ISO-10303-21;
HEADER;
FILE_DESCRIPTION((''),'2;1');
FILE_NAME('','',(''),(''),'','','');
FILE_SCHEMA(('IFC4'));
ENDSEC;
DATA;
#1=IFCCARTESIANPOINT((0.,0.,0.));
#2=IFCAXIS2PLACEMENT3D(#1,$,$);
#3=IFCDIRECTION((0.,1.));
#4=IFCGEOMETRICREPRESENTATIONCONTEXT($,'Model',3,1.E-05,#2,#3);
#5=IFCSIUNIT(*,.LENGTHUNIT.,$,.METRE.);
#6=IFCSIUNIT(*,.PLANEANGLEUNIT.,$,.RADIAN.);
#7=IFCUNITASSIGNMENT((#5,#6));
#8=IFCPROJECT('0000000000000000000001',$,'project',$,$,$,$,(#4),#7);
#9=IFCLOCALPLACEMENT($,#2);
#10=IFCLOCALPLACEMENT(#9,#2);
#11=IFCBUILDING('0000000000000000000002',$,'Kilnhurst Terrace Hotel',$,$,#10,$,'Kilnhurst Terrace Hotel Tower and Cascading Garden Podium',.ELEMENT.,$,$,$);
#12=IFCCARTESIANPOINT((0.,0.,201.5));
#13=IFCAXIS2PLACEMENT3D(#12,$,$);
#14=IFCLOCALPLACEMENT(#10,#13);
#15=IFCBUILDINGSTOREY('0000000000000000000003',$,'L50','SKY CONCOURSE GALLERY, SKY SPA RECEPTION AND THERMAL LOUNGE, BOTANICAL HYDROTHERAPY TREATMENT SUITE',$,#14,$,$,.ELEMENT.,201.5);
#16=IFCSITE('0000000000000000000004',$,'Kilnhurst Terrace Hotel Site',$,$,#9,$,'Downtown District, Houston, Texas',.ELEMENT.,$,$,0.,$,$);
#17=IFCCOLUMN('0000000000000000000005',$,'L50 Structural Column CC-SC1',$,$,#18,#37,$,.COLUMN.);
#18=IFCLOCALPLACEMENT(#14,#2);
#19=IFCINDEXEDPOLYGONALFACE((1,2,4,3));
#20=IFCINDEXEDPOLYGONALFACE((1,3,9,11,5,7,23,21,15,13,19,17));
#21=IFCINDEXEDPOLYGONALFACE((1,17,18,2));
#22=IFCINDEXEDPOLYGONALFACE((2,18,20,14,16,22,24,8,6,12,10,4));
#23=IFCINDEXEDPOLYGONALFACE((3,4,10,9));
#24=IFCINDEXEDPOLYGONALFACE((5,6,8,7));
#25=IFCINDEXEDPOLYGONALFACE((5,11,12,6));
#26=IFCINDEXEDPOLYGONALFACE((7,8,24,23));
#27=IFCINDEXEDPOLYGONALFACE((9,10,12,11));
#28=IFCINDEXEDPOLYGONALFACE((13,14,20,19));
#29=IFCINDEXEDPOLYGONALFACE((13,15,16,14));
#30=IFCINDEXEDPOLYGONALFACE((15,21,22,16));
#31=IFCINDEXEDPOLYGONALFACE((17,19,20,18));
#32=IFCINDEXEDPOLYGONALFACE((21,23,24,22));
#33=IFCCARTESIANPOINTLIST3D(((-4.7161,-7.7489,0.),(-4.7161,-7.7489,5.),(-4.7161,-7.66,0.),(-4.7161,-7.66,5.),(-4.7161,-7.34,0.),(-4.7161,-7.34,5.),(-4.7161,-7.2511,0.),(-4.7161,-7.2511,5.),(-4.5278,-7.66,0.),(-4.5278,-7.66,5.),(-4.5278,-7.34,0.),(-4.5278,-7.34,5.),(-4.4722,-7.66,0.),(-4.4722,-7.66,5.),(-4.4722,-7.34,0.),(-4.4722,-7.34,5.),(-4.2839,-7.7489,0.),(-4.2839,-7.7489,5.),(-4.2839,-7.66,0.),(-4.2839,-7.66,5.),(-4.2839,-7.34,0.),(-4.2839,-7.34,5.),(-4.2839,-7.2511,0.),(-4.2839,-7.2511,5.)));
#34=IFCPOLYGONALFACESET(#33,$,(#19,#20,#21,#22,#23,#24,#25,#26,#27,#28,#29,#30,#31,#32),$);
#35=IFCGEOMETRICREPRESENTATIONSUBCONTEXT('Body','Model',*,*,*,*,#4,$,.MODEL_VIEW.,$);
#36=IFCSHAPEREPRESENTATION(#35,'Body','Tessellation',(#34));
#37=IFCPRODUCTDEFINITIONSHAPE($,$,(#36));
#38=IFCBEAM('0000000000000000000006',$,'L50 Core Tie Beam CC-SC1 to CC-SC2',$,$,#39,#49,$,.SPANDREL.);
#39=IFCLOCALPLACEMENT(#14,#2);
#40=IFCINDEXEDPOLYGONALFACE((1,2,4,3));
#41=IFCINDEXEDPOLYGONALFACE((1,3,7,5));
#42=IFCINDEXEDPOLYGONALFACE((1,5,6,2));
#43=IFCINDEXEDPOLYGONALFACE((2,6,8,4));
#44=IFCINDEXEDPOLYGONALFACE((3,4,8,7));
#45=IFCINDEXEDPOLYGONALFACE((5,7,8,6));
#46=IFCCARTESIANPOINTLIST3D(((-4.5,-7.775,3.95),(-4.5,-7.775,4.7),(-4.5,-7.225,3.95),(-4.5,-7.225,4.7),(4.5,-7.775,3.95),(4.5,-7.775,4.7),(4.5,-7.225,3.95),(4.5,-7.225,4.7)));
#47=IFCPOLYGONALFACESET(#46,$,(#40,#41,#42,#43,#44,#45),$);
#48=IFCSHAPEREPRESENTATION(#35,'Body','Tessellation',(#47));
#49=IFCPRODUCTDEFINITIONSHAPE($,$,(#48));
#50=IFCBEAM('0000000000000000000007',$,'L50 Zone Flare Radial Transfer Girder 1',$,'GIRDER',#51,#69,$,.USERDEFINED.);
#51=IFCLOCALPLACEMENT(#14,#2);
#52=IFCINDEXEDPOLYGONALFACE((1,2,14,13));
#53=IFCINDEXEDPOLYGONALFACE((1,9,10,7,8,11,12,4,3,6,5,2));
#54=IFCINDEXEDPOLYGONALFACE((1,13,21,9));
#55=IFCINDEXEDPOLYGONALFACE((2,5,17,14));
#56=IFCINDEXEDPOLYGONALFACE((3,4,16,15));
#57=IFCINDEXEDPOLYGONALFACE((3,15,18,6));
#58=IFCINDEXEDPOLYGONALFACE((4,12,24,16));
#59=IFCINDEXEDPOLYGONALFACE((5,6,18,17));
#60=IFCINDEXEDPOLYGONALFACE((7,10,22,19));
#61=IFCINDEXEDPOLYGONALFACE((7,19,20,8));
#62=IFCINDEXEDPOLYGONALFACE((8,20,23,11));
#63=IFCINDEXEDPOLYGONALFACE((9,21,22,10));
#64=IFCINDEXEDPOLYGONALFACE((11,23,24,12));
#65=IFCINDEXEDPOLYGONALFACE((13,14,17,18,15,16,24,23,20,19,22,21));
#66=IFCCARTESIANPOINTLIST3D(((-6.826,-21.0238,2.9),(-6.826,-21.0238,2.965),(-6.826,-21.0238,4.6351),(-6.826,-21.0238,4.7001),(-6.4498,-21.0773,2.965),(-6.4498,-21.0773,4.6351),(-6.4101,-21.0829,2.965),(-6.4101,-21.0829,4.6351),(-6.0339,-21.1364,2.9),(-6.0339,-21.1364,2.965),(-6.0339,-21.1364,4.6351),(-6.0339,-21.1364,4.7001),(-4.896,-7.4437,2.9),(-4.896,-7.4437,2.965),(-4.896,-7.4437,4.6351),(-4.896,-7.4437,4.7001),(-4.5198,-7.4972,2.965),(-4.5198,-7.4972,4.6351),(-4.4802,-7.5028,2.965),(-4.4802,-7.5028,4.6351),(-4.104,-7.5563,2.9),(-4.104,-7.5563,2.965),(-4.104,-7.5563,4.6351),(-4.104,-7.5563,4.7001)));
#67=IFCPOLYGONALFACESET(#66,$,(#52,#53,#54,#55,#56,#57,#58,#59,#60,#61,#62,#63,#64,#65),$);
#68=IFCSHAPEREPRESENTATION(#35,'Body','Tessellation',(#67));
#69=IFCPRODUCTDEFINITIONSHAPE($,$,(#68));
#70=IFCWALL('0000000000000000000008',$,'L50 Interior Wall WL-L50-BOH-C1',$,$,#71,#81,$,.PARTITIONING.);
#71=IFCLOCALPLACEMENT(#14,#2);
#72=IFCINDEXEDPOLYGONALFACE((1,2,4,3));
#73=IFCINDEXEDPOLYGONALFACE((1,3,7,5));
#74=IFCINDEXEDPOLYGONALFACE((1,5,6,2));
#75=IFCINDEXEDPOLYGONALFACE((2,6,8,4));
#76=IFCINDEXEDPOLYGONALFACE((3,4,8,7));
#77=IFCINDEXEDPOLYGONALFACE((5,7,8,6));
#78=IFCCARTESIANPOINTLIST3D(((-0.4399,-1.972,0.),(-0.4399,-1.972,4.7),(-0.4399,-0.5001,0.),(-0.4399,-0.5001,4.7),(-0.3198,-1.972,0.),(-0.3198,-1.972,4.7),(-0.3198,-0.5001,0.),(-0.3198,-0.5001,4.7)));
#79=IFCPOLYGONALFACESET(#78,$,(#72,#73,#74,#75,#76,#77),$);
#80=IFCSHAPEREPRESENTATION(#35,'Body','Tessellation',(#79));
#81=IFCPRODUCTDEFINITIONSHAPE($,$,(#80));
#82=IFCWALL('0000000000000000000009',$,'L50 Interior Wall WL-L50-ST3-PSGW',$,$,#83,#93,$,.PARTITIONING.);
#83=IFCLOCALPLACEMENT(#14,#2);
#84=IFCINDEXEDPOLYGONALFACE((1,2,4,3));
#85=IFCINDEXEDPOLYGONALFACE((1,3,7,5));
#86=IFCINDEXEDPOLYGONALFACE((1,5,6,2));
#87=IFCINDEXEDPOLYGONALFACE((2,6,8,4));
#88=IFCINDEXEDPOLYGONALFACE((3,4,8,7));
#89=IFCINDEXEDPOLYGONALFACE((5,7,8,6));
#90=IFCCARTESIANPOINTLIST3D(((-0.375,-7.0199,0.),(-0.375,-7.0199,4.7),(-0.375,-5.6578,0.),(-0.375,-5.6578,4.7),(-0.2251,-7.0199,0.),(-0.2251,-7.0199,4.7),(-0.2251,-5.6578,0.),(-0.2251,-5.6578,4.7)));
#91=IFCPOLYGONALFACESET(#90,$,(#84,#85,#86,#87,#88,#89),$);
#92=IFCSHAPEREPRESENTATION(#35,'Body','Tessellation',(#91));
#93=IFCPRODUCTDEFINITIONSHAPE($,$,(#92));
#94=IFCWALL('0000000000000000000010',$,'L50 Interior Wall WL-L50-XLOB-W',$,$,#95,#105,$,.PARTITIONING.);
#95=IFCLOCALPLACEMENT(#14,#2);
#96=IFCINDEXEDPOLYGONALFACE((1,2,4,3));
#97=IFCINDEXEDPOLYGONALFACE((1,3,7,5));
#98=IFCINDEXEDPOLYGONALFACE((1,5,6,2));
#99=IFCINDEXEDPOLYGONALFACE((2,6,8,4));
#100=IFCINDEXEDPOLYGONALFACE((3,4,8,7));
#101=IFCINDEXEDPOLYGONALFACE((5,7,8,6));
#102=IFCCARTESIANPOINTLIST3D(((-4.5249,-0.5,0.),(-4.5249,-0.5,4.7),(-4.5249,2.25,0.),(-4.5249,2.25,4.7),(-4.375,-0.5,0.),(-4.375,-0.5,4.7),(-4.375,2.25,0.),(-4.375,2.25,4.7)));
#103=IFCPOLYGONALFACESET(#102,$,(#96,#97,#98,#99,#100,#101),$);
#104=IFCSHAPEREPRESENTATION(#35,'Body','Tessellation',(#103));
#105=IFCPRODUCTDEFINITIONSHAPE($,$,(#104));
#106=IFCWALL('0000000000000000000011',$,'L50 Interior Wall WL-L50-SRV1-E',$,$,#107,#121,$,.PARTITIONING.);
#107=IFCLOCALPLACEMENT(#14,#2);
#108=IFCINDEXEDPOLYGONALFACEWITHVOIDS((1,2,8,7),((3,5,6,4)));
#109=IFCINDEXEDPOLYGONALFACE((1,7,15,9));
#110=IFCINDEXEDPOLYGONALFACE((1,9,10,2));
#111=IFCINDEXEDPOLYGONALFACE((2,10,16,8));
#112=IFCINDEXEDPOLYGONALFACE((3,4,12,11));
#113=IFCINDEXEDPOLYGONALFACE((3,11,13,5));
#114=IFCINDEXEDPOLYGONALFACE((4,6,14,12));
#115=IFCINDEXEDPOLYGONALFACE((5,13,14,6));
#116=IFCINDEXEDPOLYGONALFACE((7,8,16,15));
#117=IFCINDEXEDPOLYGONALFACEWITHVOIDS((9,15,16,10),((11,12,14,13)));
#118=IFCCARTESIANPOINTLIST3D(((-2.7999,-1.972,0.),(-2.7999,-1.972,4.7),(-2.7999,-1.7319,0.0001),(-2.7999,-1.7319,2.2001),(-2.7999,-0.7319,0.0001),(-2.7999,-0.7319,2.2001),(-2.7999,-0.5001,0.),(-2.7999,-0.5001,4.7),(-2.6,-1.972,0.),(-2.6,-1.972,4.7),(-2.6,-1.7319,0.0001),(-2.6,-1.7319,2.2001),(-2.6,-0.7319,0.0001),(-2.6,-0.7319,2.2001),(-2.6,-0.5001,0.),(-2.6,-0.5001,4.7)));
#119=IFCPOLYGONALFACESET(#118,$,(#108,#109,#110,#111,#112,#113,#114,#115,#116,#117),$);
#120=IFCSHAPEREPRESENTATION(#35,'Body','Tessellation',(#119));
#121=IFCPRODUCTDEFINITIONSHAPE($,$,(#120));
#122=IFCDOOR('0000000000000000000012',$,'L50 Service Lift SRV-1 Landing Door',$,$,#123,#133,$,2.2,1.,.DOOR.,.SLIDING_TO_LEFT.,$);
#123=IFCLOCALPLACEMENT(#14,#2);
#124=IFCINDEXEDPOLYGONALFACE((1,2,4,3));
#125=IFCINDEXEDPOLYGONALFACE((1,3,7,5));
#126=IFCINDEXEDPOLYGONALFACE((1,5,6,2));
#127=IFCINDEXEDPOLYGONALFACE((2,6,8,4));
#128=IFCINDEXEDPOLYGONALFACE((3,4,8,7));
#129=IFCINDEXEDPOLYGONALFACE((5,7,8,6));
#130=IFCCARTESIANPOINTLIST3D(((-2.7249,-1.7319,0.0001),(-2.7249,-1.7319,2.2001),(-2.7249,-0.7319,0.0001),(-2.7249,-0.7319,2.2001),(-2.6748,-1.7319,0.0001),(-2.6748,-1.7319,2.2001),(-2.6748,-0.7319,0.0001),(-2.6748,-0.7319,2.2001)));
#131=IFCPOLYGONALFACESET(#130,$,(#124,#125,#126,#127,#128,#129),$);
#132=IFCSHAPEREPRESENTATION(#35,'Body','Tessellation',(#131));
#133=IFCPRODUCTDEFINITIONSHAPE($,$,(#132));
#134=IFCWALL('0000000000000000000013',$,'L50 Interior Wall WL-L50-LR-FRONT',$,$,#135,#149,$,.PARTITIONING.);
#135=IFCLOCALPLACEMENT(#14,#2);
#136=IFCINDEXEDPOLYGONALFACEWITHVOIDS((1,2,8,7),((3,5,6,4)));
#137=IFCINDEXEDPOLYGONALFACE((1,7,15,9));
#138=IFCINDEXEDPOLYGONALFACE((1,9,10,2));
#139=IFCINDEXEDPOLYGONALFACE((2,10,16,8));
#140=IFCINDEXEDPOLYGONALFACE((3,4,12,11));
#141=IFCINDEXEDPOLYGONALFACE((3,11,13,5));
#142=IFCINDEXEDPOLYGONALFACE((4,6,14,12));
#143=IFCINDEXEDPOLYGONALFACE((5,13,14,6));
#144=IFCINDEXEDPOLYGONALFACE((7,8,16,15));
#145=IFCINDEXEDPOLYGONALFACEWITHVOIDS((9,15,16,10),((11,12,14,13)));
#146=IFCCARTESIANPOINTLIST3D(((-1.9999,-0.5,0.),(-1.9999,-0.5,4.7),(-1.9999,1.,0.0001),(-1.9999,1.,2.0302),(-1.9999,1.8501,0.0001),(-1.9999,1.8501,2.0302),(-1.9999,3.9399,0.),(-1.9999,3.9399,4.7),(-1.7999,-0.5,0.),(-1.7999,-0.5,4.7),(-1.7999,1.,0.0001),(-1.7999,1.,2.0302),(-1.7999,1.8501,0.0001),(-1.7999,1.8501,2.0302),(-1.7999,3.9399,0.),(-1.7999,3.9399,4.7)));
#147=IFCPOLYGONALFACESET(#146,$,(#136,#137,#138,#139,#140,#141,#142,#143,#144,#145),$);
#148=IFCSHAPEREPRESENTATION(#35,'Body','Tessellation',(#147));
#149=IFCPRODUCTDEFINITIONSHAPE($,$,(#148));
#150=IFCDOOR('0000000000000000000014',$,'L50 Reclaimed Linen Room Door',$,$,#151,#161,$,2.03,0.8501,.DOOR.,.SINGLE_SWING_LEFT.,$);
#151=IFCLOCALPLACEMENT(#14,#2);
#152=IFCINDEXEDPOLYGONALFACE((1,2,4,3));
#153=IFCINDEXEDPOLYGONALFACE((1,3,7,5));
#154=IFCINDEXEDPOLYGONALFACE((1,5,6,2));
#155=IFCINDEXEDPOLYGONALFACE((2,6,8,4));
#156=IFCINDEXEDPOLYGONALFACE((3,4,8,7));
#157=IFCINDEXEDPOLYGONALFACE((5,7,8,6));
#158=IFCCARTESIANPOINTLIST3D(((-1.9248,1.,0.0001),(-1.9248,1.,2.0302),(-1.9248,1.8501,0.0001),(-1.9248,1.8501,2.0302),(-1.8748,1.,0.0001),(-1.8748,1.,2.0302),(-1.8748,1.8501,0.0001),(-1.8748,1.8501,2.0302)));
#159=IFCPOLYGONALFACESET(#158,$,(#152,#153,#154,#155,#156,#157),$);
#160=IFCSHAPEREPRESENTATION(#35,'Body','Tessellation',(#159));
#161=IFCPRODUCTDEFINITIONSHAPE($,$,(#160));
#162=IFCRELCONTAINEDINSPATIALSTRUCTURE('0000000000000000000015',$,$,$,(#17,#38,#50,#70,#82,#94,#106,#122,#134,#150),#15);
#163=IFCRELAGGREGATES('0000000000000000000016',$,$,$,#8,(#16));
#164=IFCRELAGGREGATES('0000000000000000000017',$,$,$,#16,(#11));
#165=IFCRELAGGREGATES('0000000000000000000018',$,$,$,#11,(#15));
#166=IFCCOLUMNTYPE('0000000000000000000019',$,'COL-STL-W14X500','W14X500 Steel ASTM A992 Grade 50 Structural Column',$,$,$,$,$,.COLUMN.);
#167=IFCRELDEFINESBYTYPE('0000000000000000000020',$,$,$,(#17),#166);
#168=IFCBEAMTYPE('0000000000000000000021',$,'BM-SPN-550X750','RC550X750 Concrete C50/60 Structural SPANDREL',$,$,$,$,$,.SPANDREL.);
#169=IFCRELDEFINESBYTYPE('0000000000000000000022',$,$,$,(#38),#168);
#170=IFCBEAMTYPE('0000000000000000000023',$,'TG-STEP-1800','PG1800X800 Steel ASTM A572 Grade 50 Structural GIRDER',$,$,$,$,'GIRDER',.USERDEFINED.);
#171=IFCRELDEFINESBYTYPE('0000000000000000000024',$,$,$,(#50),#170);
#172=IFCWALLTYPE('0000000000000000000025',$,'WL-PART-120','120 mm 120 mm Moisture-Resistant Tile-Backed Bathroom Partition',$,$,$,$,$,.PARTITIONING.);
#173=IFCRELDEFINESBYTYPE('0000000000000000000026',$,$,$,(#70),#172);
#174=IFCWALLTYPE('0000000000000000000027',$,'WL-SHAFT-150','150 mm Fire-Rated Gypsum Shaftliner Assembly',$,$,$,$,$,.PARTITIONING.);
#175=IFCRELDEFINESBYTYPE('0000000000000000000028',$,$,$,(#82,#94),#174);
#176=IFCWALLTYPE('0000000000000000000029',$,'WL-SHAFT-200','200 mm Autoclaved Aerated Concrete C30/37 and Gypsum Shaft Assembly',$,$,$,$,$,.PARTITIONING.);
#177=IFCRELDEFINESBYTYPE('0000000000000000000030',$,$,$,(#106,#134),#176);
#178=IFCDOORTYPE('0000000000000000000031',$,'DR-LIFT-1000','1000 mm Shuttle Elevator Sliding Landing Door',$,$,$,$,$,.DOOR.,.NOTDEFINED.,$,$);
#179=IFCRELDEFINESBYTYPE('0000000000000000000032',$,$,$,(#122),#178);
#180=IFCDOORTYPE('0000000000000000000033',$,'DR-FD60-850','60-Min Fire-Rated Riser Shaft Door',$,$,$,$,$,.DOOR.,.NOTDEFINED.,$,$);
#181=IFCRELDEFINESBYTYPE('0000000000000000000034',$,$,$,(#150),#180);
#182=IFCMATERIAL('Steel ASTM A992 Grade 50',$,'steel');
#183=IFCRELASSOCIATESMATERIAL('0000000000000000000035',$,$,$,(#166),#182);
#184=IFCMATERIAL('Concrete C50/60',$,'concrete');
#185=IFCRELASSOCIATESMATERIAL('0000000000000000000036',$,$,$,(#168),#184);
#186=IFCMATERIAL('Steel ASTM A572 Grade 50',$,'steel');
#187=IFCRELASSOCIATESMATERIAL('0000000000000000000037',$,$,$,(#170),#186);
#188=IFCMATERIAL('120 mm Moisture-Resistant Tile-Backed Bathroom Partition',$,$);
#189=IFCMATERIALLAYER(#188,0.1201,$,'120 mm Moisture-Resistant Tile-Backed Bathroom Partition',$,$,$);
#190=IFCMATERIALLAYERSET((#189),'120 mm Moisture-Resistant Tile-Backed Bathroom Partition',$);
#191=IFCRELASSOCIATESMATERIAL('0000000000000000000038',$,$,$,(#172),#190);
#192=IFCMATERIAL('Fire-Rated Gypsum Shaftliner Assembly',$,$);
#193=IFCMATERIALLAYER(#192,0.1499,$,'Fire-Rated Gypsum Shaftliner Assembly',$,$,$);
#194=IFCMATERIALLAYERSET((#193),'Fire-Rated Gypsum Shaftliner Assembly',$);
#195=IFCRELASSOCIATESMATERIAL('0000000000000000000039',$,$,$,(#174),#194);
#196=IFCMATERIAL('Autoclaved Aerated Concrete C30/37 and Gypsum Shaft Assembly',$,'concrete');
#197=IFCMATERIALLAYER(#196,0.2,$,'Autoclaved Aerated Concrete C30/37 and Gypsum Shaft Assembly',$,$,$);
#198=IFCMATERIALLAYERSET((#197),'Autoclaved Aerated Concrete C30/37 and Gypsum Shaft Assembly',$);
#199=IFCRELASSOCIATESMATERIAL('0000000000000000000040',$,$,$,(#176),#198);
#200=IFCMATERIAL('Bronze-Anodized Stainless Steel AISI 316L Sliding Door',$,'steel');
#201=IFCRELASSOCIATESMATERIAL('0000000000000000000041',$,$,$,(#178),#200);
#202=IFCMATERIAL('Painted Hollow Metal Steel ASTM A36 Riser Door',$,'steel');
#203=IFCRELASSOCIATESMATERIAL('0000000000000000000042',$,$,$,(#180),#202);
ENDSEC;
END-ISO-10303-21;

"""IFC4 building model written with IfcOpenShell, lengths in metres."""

from ifc_helpers import new_model, si_unit, direction, frame, frame_2d, origin, origin_2d, place, context, subcontext, project, spatial, rectangle, i_section, extrude, material, layer, layer_set, material_profile, profile_set, type_object, element, fill, save


model = new_model("IFC4")

# Units and contexts
model_context = context("Model", 3, precision=1e-05, world=origin(), true_north=direction((0.0, 1.0)))
body_context = subcontext(model_context, "Body", "Model", "MODEL_VIEW")
ifc_project = project(units=[si_unit("LENGTHUNIT", "METRE"), si_unit("PLANEANGLEUNIT", "RADIAN")], contexts=[model_context])

# Site, building, storey
site_placement = place(None, origin())
site = spatial("IfcSite", under=ifc_project, at=site_placement, Name="Kilnhurst Terrace Hotel Site", LongName="Downtown District, Houston, Texas", CompositionType="ELEMENT", RefElevation=0.0)
building_placement = place(site_placement, origin())
building = spatial("IfcBuilding", under=site, at=building_placement, Name="Kilnhurst Terrace Hotel", LongName="Kilnhurst Terrace Hotel Tower and Cascading Garden Podium", CompositionType="ELEMENT")
storey_placement = place(building_placement, frame((0.0, 0.0, 201.5)))
storey = spatial("IfcBuildingStorey", under=building, at=storey_placement, Name="L50", Description="SKY CONCOURSE GALLERY, SKY SPA RECEPTION AND THERMAL LOUNGE, BOTANICAL HYDROTHERAPY TREATMENT SUITE", CompositionType="ELEMENT", Elevation=201.5)

# Column
ifc_material_1 = material(Name="Steel ASTM A992 Grade 50", Category="steel")
ifc_material_profile_1 = material_profile(ifc_material_1, i_section(OverallWidth=0.4321, OverallDepth=0.4978, WebThickness=0.0557, FlangeThickness=0.0889, at=origin_2d()), Name="W14X500")
ifc_profile_set_1 = profile_set([ifc_material_profile_1], Name="Steel ASTM A992 Grade 50")
column_type = type_object("IfcColumnType", Name="COL-STL-W14X500", Description="W14X500 Steel ASTM A992 Grade 50 Structural Column", PredefinedType="COLUMN", material=ifc_profile_set_1)
column_placement = place(storey_placement, frame((-4.5, -7.5, 0.0), z_axis=(0.0, 0.0, 1.0), x_axis=(1.0, 0.0, 0.0)))
element("IfcColumn", 1, at=column_placement, inside=storey, type_object=column_type, Name="L50 Structural Column CC-SC1", PredefinedType="COLUMN", context=body_context, shape_type="SweptSolid", body=[
    extrude(i_section(OverallWidth=0.4321, OverallDepth=0.4978, WebThickness=0.0557, FlangeThickness=0.0889, at=origin_2d()), origin(), (0.0, 0.0, 1.0), 5.0),
])

# Beams
ifc_material_2 = material(Name="Concrete C50/60", Category="concrete")
ifc_material_profile_2 = material_profile(ifc_material_2, rectangle(XDim=0.55, YDim=0.75, at=origin_2d()), Name="RC550X750")
ifc_profile_set_2 = profile_set([ifc_material_profile_2], Name="Concrete C50/60")
beam_type_1 = type_object("IfcBeamType", Name="BM-SPN-550X750", Description="RC550X750 Concrete C50/60 Structural SPANDREL", PredefinedType="SPANDREL", material=ifc_profile_set_2)
beam_1_placement = place(storey_placement, frame((-4.5, -7.5, 4.325), z_axis=(1.0, 0.0, 0.0), x_axis=(0.0, 1.0, 0.0)))
element("IfcBeam", 2, at=beam_1_placement, inside=storey, type_object=beam_type_1, Name="L50 Core Tie Beam CC-SC1 to CC-SC2", PredefinedType="SPANDREL", context=body_context, shape_type="SweptSolid", body=[
    extrude(rectangle(XDim=0.55, YDim=0.75, at=origin_2d()), origin(), (0.0, 0.0, 1.0), 9.0),
])
ifc_material_3 = material(Name="Steel ASTM A572 Grade 50", Category="steel")
ifc_material_profile_3 = material_profile(ifc_material_3, i_section(OverallWidth=0.8, OverallDepth=1.8, WebThickness=0.04, FlangeThickness=0.0649, at=origin_2d()), Name="PG1800X800")
ifc_profile_set_3 = profile_set([ifc_material_profile_3], Name="Steel ASTM A572 Grade 50")
beam_type_2 = type_object("IfcBeamType", Name="TG-STEP-1800", Description="PG1800X800 Steel ASTM A572 Grade 50 Structural GIRDER", ElementType="GIRDER", PredefinedType="USERDEFINED", material=ifc_profile_set_3)
beam_2_placement = place(storey_placement, frame((-4.5, -7.5, 3.8), z_axis=(-0.140701, -0.990052, 0.0), x_axis=(0.990052, -0.140701, 0.0)))
element("IfcBeam", 3, at=beam_2_placement, inside=storey, type_object=beam_type_2, Name="L50 Zone Flare Radial Transfer Girder 1", ObjectType="GIRDER", PredefinedType="USERDEFINED", context=body_context, shape_type="SweptSolid", body=[
    extrude(i_section(OverallWidth=0.8, OverallDepth=1.8, WebThickness=0.04, FlangeThickness=0.0649, at=origin_2d()), origin(), (0.0, 0.0, 1.0), 13.7166),
])

# Walls
ifc_material_4 = material(Name="120 mm Moisture-Resistant Tile-Backed Bathroom Partition")
ifc_layer_1 = layer(ifc_material_4, 0.1201, Name="120 mm Moisture-Resistant Tile-Backed Bathroom Partition")
ifc_layer_set_1 = layer_set([ifc_layer_1], Name="120 mm Moisture-Resistant Tile-Backed Bathroom Partition")
wall_type_1 = type_object("IfcWallType", Name="WL-PART-120", Description="120 mm 120 mm Moisture-Resistant Tile-Backed Bathroom Partition", PredefinedType="PARTITIONING", material=ifc_layer_set_1)
wall_1_placement = place(storey_placement, frame((-0.3799, -1.9719, 0.0), z_axis=(0.0, 0.0, 1.0), x_axis=(0.0, 1.0, 0.0)))
element("IfcWall", 4, at=wall_1_placement, inside=storey, type_object=wall_type_1, Name="L50 Interior Wall WL-L50-BOH-C1", PredefinedType="PARTITIONING", context=body_context, shape_type="SweptSolid", body=[
    extrude(rectangle(XDim=1.4719, YDim=0.1201, at=frame_2d((0.7358, 0.0))), origin(), (0.0, 0.0, 1.0), 4.7),
])
ifc_material_5 = material(Name="Fire-Rated Gypsum Shaftliner Assembly")
ifc_layer_2 = layer(ifc_material_5, 0.1499, Name="Fire-Rated Gypsum Shaftliner Assembly")
ifc_layer_set_2 = layer_set([ifc_layer_2], Name="Fire-Rated Gypsum Shaftliner Assembly")
wall_type_2 = type_object("IfcWallType", Name="WL-SHAFT-150", Description="150 mm Fire-Rated Gypsum Shaftliner Assembly", PredefinedType="PARTITIONING", material=ifc_layer_set_2)
wall_2_placement = place(storey_placement, frame((-0.3, -7.02, 0.0), z_axis=(0.0, 0.0, 1.0), x_axis=(0.0, 1.0, 0.0)))
element("IfcWall", 5, at=wall_2_placement, inside=storey, type_object=wall_type_2, Name="L50 Interior Wall WL-L50-ST3-PSGW", PredefinedType="PARTITIONING", context=body_context, shape_type="SweptSolid", body=[
    extrude(rectangle(XDim=1.3621, YDim=0.1499, at=frame_2d((0.6812, 0.0))), origin(), (0.0, 0.0, 1.0), 4.7),
])
wall_3_placement = place(storey_placement, frame((-4.45, -0.5, 0.0), z_axis=(0.0, 0.0, 1.0), x_axis=(0.0, 1.0, 0.0)))
element("IfcWall", 6, at=wall_3_placement, inside=storey, type_object=wall_type_2, Name="L50 Interior Wall WL-L50-XLOB-W", PredefinedType="PARTITIONING", context=body_context, shape_type="SweptSolid", body=[
    extrude(rectangle(XDim=2.75, YDim=0.1499, at=frame_2d((1.375, 0.0))), origin(), (0.0, 0.0, 1.0), 4.7),
])

# Walls, openings, doors
ifc_material_6 = material(Name="Autoclaved Aerated Concrete C30/37 and Gypsum Shaft Assembly", Category="concrete")
ifc_layer_3 = layer(ifc_material_6, 0.2, Name="Autoclaved Aerated Concrete C30/37 and Gypsum Shaft Assembly")
ifc_layer_set_3 = layer_set([ifc_layer_3], Name="Autoclaved Aerated Concrete C30/37 and Gypsum Shaft Assembly")
wall_type_3 = type_object("IfcWallType", Name="WL-SHAFT-200", Description="200 mm Autoclaved Aerated Concrete C30/37 and Gypsum Shaft Assembly", PredefinedType="PARTITIONING", material=ifc_layer_set_3)
wall_4_placement = place(storey_placement, frame((-2.7, -1.9719, 0.0), z_axis=(0.0, 0.0, 1.0), x_axis=(0.0, 1.0, 0.0)))
wall_4 = element("IfcWall", 7, at=wall_4_placement, inside=storey, type_object=wall_type_3, Name="L50 Interior Wall WL-L50-SRV1-E", PredefinedType="PARTITIONING", context=body_context, shape_type="SweptSolid", body=[
    extrude(rectangle(XDim=1.4719, YDim=0.2, at=frame_2d((0.7358, 0.0))), origin(), (0.0, 0.0, 1.0), 4.7),
])
opening_1_placement = place(wall_4_placement, frame((0.24, 0.0, 0.0)))
opening_1 = element("IfcOpeningElement", 8, at=opening_1_placement, cuts=wall_4, PredefinedType="OPENING", context=body_context, shape_type="SweptSolid", body=[
    extrude(rectangle(XDim=1.0, YDim=2.2, at=frame_2d((0.5, 1.1001))), frame((0.0, 0.1099, 0.0), z_axis=(0.0, -1.0, 0.0), x_axis=(1.0, 0.0, 0.0)), (0.0, 0.0, 1.0), 0.22),
])
ifc_material_7 = material(Name="Bronze-Anodized Stainless Steel AISI 316L Sliding Door", Category="steel")
door_type_1 = type_object("IfcDoorType", Name="DR-LIFT-1000", Description="1000 mm Shuttle Elevator Sliding Landing Door", OperationType="NOTDEFINED", PredefinedType="DOOR", material=ifc_material_7)
door_1_placement = place(opening_1_placement, origin())
door_1 = element("IfcDoor", 9, at=door_1_placement, inside=storey, type_object=door_type_1, Name="L50 Service Lift SRV-1 Landing Door", OperationType="SLIDING_TO_LEFT", OverallHeight=2.2, OverallWidth=1.0, PredefinedType="DOOR", context=body_context, shape_type="SweptSolid", body=[
    extrude(rectangle(XDim=1.0, YDim=2.2, at=frame_2d((0.5, 1.1001))), frame((0.0, 0.0249, 0.0), z_axis=(0.0, -1.0, 0.0), x_axis=(1.0, 0.0, 0.0)), (0.0, 0.0, 1.0), 0.05),
])
fill(opening_1, door_1)
wall_5_placement = place(storey_placement, frame((-1.8999, -0.5, 0.0), z_axis=(0.0, 0.0, 1.0), x_axis=(0.0, 1.0, 0.0)))
wall_5 = element("IfcWall", 10, at=wall_5_placement, inside=storey, type_object=wall_type_3, Name="L50 Interior Wall WL-L50-LR-FRONT", PredefinedType="PARTITIONING", context=body_context, shape_type="SweptSolid", body=[
    extrude(rectangle(XDim=4.4399, YDim=0.2, at=frame_2d((2.22, 0.0))), origin(), (0.0, 0.0, 1.0), 4.7),
])
opening_2_placement = place(wall_5_placement, frame((1.5, 0.0, 0.0)))
opening_2 = element("IfcOpeningElement", 11, at=opening_2_placement, cuts=wall_5, PredefinedType="OPENING", context=body_context, shape_type="SweptSolid", body=[
    extrude(rectangle(XDim=0.8501, YDim=2.03, at=frame_2d((0.425, 1.0151))), frame((0.0, 0.1099, 0.0), z_axis=(0.0, -1.0, 0.0), x_axis=(1.0, 0.0, 0.0)), (0.0, 0.0, 1.0), 0.22),
])
ifc_material_8 = material(Name="Painted Hollow Metal Steel ASTM A36 Riser Door", Category="steel")
door_type_2 = type_object("IfcDoorType", Name="DR-FD60-850", Description="60-Min Fire-Rated Riser Shaft Door", OperationType="NOTDEFINED", PredefinedType="DOOR", material=ifc_material_8)
door_2_placement = place(opening_2_placement, origin())
door_2 = element("IfcDoor", 12, at=door_2_placement, inside=storey, type_object=door_type_2, Name="L50 Reclaimed Linen Room Door", OperationType="SINGLE_SWING_LEFT", OverallHeight=2.03, OverallWidth=0.8501, PredefinedType="DOOR", context=body_context, shape_type="SweptSolid", body=[
    extrude(rectangle(XDim=0.8501, YDim=2.03, at=frame_2d((0.425, 1.0151))), frame((0.0, 0.0249, 0.0), z_axis=(0.0, -1.0, 0.0), x_axis=(1.0, 0.0, 0.0)), (0.0, 0.0, 1.0), 0.05),
])
fill(opening_2, door_2)

save(model, "model.ifc")
